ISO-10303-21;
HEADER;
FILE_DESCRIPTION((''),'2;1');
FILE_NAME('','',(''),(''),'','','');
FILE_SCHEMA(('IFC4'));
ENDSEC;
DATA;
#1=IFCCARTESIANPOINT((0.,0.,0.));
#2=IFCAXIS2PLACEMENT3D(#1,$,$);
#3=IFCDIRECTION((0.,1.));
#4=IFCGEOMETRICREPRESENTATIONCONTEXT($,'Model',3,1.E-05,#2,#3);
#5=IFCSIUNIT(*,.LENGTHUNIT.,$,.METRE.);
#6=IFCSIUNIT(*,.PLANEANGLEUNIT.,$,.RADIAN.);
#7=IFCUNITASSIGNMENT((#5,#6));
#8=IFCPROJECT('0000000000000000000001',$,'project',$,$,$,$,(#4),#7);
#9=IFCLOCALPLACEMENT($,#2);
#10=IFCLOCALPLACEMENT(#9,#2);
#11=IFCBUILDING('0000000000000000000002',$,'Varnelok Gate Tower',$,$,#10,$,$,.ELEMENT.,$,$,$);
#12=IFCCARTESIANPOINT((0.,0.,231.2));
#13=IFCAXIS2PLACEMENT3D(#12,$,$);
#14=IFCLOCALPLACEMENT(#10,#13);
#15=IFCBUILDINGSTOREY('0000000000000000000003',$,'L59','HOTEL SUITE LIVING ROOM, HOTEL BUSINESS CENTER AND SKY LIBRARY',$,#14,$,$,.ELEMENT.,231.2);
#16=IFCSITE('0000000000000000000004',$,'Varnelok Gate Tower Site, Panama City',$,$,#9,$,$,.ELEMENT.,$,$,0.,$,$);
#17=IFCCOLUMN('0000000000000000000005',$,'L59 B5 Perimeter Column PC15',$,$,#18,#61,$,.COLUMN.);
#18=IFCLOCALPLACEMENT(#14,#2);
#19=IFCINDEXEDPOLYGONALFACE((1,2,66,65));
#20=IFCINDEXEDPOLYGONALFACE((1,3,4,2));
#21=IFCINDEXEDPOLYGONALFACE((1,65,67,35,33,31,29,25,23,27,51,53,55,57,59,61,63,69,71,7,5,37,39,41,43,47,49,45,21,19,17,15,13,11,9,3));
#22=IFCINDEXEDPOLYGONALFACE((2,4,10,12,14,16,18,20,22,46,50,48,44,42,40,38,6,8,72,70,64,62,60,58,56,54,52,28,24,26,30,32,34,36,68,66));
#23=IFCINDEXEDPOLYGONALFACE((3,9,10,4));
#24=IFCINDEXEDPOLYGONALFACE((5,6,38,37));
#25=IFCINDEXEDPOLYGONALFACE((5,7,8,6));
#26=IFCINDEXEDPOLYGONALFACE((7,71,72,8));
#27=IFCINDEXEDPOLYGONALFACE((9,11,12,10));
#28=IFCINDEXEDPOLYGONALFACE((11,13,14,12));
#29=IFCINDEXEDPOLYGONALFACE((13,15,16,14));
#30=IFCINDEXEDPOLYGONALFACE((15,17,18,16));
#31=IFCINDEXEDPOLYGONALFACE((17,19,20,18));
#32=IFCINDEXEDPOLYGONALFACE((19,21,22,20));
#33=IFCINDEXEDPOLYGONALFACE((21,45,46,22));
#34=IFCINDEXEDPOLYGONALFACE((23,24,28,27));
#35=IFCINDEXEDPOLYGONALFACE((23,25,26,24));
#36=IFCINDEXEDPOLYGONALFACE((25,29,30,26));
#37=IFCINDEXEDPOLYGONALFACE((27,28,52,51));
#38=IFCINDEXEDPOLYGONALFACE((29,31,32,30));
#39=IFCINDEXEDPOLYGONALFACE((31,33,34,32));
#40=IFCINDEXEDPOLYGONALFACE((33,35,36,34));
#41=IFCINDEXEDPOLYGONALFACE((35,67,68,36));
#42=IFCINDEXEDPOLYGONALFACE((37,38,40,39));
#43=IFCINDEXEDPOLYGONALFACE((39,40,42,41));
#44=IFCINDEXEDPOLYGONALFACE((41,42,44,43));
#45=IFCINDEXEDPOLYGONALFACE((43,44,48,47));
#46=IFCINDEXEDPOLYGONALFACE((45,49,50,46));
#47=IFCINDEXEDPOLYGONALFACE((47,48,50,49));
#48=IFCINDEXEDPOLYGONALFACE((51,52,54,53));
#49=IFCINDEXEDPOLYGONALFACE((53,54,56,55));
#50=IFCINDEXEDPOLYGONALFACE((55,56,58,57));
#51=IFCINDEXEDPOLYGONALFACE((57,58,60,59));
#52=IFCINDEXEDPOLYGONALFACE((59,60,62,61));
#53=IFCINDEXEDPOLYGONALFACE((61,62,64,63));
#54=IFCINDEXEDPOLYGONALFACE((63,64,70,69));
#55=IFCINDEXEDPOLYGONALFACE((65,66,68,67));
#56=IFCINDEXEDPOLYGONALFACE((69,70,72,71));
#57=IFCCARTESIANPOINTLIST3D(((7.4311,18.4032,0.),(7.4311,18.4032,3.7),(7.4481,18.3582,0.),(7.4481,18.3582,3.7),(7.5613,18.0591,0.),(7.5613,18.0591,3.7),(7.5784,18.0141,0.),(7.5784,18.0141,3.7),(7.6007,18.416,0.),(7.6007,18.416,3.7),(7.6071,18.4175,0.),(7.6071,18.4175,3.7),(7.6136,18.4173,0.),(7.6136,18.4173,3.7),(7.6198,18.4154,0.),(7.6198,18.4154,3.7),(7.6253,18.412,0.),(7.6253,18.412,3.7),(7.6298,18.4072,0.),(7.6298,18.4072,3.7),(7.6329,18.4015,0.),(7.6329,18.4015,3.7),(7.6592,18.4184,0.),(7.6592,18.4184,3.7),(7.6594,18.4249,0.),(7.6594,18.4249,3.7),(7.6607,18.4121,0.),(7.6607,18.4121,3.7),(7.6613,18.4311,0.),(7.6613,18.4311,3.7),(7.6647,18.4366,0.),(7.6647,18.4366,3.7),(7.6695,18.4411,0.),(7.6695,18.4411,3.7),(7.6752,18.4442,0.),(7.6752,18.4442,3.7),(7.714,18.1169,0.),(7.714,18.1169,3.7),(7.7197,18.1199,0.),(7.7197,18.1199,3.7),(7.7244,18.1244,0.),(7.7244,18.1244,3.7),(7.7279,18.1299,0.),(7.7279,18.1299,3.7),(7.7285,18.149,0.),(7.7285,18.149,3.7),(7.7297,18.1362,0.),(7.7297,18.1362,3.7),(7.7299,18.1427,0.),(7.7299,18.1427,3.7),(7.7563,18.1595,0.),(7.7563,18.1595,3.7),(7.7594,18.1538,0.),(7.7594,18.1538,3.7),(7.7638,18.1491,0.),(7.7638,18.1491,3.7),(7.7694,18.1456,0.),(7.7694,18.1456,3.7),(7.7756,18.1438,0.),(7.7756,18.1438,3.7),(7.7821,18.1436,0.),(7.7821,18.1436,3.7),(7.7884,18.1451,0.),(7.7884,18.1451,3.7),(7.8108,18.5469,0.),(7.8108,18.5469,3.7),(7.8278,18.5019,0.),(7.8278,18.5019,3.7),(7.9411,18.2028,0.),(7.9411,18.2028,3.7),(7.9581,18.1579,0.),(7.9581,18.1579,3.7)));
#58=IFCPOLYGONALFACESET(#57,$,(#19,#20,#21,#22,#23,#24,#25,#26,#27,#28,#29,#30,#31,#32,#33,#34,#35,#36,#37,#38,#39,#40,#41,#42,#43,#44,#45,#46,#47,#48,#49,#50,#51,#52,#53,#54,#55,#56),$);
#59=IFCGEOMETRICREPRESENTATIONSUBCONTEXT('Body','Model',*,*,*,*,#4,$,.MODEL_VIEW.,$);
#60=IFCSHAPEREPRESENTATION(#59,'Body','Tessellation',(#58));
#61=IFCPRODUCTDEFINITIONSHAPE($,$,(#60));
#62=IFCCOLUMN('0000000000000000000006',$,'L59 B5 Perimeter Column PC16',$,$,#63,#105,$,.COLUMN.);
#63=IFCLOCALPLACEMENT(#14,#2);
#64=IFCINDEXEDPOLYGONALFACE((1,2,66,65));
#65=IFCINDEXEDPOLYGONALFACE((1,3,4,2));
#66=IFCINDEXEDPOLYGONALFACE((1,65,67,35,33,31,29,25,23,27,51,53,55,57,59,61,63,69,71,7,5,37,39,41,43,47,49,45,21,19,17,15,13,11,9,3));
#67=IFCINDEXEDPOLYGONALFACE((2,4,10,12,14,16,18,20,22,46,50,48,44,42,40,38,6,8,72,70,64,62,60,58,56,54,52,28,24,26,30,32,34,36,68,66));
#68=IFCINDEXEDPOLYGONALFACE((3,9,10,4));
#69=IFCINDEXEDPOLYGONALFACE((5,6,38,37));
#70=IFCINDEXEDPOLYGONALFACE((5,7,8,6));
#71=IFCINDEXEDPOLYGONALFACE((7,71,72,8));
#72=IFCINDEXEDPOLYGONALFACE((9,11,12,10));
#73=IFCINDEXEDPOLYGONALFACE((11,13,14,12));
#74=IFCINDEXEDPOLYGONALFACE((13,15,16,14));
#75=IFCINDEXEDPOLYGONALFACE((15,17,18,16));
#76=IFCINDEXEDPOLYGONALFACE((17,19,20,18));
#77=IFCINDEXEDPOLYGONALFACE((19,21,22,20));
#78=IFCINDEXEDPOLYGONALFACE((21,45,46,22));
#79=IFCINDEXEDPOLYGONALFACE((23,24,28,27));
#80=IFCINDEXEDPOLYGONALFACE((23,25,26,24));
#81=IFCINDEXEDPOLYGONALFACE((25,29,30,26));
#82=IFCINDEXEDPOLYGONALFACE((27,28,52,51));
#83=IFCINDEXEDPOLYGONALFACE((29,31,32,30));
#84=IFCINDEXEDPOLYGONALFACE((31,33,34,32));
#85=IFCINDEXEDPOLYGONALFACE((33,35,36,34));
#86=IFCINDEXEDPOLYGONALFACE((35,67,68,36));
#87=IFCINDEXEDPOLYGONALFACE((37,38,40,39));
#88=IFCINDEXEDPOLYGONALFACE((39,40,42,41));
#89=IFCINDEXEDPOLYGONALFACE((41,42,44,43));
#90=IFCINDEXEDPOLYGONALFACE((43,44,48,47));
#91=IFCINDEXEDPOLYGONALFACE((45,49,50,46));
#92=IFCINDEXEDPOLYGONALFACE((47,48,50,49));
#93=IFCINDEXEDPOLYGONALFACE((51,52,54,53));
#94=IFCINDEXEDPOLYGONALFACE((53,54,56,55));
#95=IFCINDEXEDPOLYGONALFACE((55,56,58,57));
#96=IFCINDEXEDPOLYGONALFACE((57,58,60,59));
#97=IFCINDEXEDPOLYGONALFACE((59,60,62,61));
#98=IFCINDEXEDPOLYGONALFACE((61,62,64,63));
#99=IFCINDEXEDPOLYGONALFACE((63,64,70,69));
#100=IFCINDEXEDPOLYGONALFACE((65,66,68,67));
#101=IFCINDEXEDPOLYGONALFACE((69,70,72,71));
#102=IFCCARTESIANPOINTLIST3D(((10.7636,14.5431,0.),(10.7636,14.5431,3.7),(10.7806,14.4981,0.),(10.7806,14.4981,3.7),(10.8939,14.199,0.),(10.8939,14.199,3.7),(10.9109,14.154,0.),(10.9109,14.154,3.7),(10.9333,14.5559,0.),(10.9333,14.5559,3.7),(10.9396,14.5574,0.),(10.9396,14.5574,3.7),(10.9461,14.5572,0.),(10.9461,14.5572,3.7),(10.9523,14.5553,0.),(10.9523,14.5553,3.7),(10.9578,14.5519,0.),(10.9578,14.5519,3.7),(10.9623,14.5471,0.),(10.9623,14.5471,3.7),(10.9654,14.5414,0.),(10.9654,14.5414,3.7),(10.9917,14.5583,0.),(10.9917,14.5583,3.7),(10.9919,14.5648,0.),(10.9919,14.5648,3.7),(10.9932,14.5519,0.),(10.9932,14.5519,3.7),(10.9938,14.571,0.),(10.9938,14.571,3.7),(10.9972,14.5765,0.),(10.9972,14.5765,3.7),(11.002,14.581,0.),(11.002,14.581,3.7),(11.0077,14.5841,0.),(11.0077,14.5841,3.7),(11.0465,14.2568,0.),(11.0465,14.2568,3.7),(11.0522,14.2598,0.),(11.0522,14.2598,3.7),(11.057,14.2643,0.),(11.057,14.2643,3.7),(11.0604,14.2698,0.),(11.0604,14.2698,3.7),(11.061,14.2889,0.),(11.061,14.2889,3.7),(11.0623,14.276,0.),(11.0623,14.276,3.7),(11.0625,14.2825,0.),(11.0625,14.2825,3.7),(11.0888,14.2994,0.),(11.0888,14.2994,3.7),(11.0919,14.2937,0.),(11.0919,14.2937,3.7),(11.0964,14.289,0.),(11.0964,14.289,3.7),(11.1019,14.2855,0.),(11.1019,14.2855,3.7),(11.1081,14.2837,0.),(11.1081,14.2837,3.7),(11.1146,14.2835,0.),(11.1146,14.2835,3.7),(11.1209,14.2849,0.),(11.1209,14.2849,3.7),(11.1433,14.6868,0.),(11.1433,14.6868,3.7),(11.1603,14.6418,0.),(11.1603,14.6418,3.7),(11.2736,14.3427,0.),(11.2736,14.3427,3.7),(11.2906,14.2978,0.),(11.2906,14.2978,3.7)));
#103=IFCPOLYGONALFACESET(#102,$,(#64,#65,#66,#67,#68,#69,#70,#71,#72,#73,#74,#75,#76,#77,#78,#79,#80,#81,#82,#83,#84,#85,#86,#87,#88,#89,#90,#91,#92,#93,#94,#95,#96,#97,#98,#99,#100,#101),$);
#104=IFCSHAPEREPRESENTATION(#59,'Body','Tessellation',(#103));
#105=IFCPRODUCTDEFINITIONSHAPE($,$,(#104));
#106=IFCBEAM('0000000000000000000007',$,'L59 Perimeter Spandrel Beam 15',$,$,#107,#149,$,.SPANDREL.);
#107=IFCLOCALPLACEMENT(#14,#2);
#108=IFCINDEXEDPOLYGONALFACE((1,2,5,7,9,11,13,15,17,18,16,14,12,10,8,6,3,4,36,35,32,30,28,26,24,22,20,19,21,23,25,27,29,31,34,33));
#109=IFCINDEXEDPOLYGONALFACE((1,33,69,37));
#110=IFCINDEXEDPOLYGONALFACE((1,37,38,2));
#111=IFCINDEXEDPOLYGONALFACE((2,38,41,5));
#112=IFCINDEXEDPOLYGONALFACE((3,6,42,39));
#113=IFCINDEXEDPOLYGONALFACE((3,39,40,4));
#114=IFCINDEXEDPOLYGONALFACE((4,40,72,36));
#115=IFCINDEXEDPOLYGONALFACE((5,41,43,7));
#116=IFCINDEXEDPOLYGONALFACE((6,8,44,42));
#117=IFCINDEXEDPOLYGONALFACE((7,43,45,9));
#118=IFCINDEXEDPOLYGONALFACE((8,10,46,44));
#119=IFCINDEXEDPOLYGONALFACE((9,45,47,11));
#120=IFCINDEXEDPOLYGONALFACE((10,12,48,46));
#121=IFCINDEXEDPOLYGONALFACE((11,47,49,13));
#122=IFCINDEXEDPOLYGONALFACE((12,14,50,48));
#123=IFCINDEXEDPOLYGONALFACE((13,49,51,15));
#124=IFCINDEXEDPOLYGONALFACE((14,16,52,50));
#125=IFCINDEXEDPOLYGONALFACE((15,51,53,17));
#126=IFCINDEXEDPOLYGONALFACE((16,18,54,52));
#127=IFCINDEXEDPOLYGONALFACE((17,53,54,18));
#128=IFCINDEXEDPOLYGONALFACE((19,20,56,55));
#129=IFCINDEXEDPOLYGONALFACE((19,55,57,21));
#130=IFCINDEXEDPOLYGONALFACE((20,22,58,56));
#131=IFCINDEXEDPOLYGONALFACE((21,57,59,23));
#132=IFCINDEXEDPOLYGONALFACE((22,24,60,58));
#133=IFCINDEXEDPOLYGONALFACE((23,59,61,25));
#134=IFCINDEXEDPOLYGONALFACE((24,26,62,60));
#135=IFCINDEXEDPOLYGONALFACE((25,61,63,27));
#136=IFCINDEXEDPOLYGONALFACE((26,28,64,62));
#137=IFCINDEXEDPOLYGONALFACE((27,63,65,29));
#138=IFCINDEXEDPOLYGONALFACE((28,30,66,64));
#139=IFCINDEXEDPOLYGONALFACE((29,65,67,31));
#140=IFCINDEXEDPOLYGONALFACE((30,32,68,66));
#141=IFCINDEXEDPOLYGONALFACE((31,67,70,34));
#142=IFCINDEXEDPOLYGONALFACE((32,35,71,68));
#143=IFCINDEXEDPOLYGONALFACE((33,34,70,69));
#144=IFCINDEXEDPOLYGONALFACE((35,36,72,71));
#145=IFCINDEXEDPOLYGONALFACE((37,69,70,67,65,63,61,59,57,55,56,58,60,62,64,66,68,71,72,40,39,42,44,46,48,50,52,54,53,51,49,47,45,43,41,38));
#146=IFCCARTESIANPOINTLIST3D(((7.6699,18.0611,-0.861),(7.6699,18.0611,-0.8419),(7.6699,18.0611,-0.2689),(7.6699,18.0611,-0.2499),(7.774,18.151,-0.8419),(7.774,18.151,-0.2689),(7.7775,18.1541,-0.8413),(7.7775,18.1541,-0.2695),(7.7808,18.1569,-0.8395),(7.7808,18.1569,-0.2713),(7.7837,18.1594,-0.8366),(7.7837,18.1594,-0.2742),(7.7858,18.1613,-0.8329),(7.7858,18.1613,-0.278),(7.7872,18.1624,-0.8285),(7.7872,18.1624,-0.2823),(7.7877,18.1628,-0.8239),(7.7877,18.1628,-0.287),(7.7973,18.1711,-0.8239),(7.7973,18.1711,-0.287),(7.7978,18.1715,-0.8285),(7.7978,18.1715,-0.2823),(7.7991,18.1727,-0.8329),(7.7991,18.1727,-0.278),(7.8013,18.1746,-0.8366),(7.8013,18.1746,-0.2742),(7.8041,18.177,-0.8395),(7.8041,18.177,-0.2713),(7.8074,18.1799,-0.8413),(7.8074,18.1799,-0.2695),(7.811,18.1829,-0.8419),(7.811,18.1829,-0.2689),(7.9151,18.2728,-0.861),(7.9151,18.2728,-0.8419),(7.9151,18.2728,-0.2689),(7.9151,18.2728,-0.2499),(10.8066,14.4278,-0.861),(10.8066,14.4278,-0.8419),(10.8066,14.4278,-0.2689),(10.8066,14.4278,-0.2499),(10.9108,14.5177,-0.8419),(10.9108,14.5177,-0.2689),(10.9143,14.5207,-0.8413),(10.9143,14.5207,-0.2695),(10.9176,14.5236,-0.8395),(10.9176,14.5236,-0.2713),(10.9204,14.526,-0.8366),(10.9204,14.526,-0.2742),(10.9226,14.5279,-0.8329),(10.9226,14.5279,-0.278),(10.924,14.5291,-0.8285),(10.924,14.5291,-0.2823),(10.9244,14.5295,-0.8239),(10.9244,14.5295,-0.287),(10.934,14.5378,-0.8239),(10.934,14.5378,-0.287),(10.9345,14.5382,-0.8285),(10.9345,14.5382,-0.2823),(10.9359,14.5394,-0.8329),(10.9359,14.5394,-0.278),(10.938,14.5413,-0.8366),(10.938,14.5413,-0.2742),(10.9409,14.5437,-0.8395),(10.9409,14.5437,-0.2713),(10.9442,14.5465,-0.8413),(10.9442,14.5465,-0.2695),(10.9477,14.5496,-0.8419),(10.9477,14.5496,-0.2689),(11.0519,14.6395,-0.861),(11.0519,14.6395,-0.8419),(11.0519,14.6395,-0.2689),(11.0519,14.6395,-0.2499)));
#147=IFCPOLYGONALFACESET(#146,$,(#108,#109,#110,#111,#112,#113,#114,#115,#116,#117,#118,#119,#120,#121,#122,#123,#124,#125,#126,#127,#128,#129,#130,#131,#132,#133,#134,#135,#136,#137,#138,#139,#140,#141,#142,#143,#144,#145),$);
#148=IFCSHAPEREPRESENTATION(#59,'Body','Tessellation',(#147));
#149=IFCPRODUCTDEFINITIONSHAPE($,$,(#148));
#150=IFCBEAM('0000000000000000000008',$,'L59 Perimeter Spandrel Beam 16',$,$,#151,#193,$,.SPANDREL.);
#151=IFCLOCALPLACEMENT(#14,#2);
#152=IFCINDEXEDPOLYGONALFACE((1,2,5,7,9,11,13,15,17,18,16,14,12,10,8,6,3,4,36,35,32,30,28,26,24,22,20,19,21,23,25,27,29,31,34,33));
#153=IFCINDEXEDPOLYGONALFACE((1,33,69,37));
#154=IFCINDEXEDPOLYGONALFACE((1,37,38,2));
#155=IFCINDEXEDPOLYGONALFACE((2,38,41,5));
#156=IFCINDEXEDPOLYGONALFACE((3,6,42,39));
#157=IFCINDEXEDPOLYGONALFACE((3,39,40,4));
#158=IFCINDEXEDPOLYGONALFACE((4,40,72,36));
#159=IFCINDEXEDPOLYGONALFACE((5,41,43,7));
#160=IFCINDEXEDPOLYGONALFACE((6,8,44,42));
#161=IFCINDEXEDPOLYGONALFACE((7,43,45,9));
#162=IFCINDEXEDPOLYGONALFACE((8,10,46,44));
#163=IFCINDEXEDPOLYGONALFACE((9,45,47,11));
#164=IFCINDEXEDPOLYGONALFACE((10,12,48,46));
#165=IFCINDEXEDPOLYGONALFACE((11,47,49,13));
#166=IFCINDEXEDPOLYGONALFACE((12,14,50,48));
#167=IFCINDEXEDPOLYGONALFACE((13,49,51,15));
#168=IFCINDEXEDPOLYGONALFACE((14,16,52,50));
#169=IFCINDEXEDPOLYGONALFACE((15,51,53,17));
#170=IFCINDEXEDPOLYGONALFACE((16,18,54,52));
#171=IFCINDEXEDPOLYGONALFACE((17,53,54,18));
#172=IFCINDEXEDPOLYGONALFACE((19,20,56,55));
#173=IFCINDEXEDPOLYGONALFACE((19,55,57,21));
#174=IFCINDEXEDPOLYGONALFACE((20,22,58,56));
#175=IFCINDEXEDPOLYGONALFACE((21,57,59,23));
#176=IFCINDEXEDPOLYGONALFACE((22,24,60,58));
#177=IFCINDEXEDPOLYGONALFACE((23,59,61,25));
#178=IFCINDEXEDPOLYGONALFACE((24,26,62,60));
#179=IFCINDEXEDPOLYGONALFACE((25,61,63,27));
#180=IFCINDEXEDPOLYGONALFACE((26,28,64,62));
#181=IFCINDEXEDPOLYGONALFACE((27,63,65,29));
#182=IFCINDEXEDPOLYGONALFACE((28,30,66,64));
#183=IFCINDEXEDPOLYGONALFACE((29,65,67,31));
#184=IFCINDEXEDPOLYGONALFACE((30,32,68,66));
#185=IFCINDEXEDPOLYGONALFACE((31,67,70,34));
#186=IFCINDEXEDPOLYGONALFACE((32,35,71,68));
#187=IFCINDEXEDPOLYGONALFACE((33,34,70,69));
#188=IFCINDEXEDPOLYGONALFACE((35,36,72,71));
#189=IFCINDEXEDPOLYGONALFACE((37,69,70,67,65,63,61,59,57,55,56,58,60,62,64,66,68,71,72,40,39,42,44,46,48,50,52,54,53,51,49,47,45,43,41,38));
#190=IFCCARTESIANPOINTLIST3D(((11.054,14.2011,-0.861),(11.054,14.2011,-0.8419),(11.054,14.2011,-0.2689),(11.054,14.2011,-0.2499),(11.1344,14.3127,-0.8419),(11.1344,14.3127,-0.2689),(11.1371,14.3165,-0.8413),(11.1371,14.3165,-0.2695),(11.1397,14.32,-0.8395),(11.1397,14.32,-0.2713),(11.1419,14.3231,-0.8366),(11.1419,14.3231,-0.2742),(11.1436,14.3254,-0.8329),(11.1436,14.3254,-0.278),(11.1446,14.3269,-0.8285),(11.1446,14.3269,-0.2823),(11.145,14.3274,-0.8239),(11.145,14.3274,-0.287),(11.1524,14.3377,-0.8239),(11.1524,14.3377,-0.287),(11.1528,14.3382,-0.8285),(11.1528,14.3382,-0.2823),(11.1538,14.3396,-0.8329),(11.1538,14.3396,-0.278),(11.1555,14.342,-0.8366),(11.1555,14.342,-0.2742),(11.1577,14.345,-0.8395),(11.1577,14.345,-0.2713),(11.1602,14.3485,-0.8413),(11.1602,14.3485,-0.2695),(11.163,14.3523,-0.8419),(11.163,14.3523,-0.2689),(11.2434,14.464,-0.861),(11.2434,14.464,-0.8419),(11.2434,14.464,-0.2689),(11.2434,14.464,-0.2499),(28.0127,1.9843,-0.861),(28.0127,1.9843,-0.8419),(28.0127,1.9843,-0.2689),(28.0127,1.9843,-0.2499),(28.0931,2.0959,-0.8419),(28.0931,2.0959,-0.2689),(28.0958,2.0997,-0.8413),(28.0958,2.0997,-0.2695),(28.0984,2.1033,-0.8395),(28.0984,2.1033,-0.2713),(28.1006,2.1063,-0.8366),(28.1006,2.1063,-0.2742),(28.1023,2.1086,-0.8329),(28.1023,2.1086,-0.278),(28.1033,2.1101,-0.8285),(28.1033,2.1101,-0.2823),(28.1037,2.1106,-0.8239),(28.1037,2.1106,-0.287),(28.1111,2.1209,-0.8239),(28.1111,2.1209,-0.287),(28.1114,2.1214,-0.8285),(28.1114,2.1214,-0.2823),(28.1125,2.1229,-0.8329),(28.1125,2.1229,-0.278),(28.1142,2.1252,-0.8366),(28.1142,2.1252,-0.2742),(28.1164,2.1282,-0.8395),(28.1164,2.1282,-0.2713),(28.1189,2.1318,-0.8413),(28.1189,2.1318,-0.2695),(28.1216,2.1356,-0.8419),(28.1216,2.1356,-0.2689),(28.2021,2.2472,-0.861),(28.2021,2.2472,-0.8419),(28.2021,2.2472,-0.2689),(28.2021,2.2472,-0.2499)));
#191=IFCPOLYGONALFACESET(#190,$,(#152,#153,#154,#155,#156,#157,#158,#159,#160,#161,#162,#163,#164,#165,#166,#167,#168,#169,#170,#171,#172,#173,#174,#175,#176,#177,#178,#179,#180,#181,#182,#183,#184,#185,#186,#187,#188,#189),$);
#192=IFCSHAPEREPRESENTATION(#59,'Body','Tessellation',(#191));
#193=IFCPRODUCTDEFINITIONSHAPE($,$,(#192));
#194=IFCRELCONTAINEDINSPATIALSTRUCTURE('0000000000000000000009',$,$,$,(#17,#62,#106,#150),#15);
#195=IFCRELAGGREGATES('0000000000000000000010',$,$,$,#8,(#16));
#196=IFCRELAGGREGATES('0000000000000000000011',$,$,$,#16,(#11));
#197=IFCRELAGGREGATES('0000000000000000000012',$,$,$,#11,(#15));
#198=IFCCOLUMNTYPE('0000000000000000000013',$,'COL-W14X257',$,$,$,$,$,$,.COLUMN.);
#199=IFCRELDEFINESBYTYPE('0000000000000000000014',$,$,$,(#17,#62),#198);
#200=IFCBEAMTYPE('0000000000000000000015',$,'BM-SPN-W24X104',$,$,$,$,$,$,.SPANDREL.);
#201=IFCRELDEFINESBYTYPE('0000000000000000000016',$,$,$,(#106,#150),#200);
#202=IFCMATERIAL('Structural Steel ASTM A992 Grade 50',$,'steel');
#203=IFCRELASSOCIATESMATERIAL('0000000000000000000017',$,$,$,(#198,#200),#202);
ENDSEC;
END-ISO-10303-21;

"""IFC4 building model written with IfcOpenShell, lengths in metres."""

from ifc_helpers import new_model, si_unit, direction, frame, origin, origin_2d, place, context, subcontext, project, spatial, i_section, extrude, material, material_profile, profile_set, type_object, element, save


model = new_model("IFC4")

# Units and contexts
model_context = context("Model", 3, precision=1e-05, world=origin(), true_north=direction((0.0, 1.0)))
body_context = subcontext(model_context, "Body", "Model", "MODEL_VIEW")
ifc_project = project(units=[si_unit("LENGTHUNIT", "METRE"), si_unit("PLANEANGLEUNIT", "RADIAN")], contexts=[model_context])

# Site, building, storey
site_placement = place(None, origin())
site = spatial("IfcSite", under=ifc_project, at=site_placement, Name="Varnelok Gate Tower Site, Panama City", CompositionType="ELEMENT", RefElevation=0.0)
building_placement = place(site_placement, origin())
building = spatial("IfcBuilding", under=site, at=building_placement, Name="Varnelok Gate Tower", CompositionType="ELEMENT")
storey_placement = place(building_placement, frame((0.0, 0.0, 231.2)))
storey = spatial("IfcBuildingStorey", under=building, at=storey_placement, Name="L59", Description="HOTEL SUITE LIVING ROOM, HOTEL BUSINESS CENTER AND SKY LIBRARY", CompositionType="ELEMENT", Elevation=231.2)

# Columns
ifc_material_1 = material(Name="Structural Steel ASTM A992 Grade 50", Category="steel")
ifc_material_profile_1 = material_profile(ifc_material_1, i_section(OverallWidth=0.406, OverallDepth=0.416, WebThickness=0.0298, FlangeThickness=0.0481, FilletRadius=0.0249, at=origin_2d()), Name="W14X257")
ifc_profile_set_1 = profile_set([ifc_material_profile_1], Name="Structural Steel ASTM A992 Grade 50")
column_type = type_object("IfcColumnType", Name="COL-W14X257", PredefinedType="COLUMN", material=ifc_profile_set_1)
for number, where, z_axis, x_axis, name in (
    (1, (7.6946, 18.2805, 0.0), (0.0, 0.0, 1.0), (0.935222, 0.354063, 0.0), "L59 B5 Perimeter Column PC15"),
    (2, (11.0271, 14.4204, 0.0), (0.0, 0.0, 1.0), (0.935222, 0.354063, 0.0), "L59 B5 Perimeter Column PC16"),
):
    element("IfcColumn", number, at=place(storey_placement, frame(where, z_axis=z_axis, x_axis=x_axis)), inside=storey, type_object=column_type, Name=name, PredefinedType="COLUMN", context=body_context, shape_type="SweptSolid", body=[
        extrude(i_section(OverallWidth=0.406, OverallDepth=0.416, WebThickness=0.0298, FlangeThickness=0.0481, FilletRadius=0.0249, at=origin_2d()), origin(), (0.0, 0.0, 1.0), 3.7),
    ])

# Beams
ifc_material_profile_2 = material_profile(ifc_material_1, i_section(OverallWidth=0.324, OverallDepth=0.6111, WebThickness=0.0127, FlangeThickness=0.019, FilletRadius=0.0181, at=origin_2d()), Name="W24X104")
ifc_profile_set_2 = profile_set([ifc_material_profile_2], Name="Structural Steel ASTM A992 Grade 50")
beam_type = type_object("IfcBeamType", Name="BM-SPN-W24X104", PredefinedType="SPANDREL", material=ifc_profile_set_2)
beam_1_placement = place(storey_placement, frame((7.7925, 18.167, -0.5554), z_axis=(0.653485, -0.75694, 0.0), x_axis=(0.75694, 0.653485, 0.0)))
element("IfcBeam", 3, at=beam_1_placement, inside=storey, type_object=beam_type, Name="L59 Perimeter Spandrel Beam 15", PredefinedType="SPANDREL", context=body_context, shape_type="SweptSolid", body=[
    extrude(i_section(OverallWidth=0.324, OverallDepth=0.6111, WebThickness=0.0127, FlangeThickness=0.019, FilletRadius=0.0181, at=origin_2d()), origin(), (0.0, 0.0, 1.0), 4.8),
])
beam_2_placement = place(storey_placement, frame((11.1487, 14.3325, -0.5554), z_axis=(0.811387, -0.58451, 0.0), x_axis=(0.58451, 0.811387, 0.0)))
element("IfcBeam", 4, at=beam_2_placement, inside=storey, type_object=beam_type, Name="L59 Perimeter Spandrel Beam 16", PredefinedType="SPANDREL", context=body_context, shape_type="SweptSolid", body=[
    extrude(i_section(OverallWidth=0.324, OverallDepth=0.6111, WebThickness=0.0127, FlangeThickness=0.019, FilletRadius=0.0181, at=origin_2d()), origin(), (0.0, 0.0, 1.0), 20.9009),
])

save(model, "model.ifc")
